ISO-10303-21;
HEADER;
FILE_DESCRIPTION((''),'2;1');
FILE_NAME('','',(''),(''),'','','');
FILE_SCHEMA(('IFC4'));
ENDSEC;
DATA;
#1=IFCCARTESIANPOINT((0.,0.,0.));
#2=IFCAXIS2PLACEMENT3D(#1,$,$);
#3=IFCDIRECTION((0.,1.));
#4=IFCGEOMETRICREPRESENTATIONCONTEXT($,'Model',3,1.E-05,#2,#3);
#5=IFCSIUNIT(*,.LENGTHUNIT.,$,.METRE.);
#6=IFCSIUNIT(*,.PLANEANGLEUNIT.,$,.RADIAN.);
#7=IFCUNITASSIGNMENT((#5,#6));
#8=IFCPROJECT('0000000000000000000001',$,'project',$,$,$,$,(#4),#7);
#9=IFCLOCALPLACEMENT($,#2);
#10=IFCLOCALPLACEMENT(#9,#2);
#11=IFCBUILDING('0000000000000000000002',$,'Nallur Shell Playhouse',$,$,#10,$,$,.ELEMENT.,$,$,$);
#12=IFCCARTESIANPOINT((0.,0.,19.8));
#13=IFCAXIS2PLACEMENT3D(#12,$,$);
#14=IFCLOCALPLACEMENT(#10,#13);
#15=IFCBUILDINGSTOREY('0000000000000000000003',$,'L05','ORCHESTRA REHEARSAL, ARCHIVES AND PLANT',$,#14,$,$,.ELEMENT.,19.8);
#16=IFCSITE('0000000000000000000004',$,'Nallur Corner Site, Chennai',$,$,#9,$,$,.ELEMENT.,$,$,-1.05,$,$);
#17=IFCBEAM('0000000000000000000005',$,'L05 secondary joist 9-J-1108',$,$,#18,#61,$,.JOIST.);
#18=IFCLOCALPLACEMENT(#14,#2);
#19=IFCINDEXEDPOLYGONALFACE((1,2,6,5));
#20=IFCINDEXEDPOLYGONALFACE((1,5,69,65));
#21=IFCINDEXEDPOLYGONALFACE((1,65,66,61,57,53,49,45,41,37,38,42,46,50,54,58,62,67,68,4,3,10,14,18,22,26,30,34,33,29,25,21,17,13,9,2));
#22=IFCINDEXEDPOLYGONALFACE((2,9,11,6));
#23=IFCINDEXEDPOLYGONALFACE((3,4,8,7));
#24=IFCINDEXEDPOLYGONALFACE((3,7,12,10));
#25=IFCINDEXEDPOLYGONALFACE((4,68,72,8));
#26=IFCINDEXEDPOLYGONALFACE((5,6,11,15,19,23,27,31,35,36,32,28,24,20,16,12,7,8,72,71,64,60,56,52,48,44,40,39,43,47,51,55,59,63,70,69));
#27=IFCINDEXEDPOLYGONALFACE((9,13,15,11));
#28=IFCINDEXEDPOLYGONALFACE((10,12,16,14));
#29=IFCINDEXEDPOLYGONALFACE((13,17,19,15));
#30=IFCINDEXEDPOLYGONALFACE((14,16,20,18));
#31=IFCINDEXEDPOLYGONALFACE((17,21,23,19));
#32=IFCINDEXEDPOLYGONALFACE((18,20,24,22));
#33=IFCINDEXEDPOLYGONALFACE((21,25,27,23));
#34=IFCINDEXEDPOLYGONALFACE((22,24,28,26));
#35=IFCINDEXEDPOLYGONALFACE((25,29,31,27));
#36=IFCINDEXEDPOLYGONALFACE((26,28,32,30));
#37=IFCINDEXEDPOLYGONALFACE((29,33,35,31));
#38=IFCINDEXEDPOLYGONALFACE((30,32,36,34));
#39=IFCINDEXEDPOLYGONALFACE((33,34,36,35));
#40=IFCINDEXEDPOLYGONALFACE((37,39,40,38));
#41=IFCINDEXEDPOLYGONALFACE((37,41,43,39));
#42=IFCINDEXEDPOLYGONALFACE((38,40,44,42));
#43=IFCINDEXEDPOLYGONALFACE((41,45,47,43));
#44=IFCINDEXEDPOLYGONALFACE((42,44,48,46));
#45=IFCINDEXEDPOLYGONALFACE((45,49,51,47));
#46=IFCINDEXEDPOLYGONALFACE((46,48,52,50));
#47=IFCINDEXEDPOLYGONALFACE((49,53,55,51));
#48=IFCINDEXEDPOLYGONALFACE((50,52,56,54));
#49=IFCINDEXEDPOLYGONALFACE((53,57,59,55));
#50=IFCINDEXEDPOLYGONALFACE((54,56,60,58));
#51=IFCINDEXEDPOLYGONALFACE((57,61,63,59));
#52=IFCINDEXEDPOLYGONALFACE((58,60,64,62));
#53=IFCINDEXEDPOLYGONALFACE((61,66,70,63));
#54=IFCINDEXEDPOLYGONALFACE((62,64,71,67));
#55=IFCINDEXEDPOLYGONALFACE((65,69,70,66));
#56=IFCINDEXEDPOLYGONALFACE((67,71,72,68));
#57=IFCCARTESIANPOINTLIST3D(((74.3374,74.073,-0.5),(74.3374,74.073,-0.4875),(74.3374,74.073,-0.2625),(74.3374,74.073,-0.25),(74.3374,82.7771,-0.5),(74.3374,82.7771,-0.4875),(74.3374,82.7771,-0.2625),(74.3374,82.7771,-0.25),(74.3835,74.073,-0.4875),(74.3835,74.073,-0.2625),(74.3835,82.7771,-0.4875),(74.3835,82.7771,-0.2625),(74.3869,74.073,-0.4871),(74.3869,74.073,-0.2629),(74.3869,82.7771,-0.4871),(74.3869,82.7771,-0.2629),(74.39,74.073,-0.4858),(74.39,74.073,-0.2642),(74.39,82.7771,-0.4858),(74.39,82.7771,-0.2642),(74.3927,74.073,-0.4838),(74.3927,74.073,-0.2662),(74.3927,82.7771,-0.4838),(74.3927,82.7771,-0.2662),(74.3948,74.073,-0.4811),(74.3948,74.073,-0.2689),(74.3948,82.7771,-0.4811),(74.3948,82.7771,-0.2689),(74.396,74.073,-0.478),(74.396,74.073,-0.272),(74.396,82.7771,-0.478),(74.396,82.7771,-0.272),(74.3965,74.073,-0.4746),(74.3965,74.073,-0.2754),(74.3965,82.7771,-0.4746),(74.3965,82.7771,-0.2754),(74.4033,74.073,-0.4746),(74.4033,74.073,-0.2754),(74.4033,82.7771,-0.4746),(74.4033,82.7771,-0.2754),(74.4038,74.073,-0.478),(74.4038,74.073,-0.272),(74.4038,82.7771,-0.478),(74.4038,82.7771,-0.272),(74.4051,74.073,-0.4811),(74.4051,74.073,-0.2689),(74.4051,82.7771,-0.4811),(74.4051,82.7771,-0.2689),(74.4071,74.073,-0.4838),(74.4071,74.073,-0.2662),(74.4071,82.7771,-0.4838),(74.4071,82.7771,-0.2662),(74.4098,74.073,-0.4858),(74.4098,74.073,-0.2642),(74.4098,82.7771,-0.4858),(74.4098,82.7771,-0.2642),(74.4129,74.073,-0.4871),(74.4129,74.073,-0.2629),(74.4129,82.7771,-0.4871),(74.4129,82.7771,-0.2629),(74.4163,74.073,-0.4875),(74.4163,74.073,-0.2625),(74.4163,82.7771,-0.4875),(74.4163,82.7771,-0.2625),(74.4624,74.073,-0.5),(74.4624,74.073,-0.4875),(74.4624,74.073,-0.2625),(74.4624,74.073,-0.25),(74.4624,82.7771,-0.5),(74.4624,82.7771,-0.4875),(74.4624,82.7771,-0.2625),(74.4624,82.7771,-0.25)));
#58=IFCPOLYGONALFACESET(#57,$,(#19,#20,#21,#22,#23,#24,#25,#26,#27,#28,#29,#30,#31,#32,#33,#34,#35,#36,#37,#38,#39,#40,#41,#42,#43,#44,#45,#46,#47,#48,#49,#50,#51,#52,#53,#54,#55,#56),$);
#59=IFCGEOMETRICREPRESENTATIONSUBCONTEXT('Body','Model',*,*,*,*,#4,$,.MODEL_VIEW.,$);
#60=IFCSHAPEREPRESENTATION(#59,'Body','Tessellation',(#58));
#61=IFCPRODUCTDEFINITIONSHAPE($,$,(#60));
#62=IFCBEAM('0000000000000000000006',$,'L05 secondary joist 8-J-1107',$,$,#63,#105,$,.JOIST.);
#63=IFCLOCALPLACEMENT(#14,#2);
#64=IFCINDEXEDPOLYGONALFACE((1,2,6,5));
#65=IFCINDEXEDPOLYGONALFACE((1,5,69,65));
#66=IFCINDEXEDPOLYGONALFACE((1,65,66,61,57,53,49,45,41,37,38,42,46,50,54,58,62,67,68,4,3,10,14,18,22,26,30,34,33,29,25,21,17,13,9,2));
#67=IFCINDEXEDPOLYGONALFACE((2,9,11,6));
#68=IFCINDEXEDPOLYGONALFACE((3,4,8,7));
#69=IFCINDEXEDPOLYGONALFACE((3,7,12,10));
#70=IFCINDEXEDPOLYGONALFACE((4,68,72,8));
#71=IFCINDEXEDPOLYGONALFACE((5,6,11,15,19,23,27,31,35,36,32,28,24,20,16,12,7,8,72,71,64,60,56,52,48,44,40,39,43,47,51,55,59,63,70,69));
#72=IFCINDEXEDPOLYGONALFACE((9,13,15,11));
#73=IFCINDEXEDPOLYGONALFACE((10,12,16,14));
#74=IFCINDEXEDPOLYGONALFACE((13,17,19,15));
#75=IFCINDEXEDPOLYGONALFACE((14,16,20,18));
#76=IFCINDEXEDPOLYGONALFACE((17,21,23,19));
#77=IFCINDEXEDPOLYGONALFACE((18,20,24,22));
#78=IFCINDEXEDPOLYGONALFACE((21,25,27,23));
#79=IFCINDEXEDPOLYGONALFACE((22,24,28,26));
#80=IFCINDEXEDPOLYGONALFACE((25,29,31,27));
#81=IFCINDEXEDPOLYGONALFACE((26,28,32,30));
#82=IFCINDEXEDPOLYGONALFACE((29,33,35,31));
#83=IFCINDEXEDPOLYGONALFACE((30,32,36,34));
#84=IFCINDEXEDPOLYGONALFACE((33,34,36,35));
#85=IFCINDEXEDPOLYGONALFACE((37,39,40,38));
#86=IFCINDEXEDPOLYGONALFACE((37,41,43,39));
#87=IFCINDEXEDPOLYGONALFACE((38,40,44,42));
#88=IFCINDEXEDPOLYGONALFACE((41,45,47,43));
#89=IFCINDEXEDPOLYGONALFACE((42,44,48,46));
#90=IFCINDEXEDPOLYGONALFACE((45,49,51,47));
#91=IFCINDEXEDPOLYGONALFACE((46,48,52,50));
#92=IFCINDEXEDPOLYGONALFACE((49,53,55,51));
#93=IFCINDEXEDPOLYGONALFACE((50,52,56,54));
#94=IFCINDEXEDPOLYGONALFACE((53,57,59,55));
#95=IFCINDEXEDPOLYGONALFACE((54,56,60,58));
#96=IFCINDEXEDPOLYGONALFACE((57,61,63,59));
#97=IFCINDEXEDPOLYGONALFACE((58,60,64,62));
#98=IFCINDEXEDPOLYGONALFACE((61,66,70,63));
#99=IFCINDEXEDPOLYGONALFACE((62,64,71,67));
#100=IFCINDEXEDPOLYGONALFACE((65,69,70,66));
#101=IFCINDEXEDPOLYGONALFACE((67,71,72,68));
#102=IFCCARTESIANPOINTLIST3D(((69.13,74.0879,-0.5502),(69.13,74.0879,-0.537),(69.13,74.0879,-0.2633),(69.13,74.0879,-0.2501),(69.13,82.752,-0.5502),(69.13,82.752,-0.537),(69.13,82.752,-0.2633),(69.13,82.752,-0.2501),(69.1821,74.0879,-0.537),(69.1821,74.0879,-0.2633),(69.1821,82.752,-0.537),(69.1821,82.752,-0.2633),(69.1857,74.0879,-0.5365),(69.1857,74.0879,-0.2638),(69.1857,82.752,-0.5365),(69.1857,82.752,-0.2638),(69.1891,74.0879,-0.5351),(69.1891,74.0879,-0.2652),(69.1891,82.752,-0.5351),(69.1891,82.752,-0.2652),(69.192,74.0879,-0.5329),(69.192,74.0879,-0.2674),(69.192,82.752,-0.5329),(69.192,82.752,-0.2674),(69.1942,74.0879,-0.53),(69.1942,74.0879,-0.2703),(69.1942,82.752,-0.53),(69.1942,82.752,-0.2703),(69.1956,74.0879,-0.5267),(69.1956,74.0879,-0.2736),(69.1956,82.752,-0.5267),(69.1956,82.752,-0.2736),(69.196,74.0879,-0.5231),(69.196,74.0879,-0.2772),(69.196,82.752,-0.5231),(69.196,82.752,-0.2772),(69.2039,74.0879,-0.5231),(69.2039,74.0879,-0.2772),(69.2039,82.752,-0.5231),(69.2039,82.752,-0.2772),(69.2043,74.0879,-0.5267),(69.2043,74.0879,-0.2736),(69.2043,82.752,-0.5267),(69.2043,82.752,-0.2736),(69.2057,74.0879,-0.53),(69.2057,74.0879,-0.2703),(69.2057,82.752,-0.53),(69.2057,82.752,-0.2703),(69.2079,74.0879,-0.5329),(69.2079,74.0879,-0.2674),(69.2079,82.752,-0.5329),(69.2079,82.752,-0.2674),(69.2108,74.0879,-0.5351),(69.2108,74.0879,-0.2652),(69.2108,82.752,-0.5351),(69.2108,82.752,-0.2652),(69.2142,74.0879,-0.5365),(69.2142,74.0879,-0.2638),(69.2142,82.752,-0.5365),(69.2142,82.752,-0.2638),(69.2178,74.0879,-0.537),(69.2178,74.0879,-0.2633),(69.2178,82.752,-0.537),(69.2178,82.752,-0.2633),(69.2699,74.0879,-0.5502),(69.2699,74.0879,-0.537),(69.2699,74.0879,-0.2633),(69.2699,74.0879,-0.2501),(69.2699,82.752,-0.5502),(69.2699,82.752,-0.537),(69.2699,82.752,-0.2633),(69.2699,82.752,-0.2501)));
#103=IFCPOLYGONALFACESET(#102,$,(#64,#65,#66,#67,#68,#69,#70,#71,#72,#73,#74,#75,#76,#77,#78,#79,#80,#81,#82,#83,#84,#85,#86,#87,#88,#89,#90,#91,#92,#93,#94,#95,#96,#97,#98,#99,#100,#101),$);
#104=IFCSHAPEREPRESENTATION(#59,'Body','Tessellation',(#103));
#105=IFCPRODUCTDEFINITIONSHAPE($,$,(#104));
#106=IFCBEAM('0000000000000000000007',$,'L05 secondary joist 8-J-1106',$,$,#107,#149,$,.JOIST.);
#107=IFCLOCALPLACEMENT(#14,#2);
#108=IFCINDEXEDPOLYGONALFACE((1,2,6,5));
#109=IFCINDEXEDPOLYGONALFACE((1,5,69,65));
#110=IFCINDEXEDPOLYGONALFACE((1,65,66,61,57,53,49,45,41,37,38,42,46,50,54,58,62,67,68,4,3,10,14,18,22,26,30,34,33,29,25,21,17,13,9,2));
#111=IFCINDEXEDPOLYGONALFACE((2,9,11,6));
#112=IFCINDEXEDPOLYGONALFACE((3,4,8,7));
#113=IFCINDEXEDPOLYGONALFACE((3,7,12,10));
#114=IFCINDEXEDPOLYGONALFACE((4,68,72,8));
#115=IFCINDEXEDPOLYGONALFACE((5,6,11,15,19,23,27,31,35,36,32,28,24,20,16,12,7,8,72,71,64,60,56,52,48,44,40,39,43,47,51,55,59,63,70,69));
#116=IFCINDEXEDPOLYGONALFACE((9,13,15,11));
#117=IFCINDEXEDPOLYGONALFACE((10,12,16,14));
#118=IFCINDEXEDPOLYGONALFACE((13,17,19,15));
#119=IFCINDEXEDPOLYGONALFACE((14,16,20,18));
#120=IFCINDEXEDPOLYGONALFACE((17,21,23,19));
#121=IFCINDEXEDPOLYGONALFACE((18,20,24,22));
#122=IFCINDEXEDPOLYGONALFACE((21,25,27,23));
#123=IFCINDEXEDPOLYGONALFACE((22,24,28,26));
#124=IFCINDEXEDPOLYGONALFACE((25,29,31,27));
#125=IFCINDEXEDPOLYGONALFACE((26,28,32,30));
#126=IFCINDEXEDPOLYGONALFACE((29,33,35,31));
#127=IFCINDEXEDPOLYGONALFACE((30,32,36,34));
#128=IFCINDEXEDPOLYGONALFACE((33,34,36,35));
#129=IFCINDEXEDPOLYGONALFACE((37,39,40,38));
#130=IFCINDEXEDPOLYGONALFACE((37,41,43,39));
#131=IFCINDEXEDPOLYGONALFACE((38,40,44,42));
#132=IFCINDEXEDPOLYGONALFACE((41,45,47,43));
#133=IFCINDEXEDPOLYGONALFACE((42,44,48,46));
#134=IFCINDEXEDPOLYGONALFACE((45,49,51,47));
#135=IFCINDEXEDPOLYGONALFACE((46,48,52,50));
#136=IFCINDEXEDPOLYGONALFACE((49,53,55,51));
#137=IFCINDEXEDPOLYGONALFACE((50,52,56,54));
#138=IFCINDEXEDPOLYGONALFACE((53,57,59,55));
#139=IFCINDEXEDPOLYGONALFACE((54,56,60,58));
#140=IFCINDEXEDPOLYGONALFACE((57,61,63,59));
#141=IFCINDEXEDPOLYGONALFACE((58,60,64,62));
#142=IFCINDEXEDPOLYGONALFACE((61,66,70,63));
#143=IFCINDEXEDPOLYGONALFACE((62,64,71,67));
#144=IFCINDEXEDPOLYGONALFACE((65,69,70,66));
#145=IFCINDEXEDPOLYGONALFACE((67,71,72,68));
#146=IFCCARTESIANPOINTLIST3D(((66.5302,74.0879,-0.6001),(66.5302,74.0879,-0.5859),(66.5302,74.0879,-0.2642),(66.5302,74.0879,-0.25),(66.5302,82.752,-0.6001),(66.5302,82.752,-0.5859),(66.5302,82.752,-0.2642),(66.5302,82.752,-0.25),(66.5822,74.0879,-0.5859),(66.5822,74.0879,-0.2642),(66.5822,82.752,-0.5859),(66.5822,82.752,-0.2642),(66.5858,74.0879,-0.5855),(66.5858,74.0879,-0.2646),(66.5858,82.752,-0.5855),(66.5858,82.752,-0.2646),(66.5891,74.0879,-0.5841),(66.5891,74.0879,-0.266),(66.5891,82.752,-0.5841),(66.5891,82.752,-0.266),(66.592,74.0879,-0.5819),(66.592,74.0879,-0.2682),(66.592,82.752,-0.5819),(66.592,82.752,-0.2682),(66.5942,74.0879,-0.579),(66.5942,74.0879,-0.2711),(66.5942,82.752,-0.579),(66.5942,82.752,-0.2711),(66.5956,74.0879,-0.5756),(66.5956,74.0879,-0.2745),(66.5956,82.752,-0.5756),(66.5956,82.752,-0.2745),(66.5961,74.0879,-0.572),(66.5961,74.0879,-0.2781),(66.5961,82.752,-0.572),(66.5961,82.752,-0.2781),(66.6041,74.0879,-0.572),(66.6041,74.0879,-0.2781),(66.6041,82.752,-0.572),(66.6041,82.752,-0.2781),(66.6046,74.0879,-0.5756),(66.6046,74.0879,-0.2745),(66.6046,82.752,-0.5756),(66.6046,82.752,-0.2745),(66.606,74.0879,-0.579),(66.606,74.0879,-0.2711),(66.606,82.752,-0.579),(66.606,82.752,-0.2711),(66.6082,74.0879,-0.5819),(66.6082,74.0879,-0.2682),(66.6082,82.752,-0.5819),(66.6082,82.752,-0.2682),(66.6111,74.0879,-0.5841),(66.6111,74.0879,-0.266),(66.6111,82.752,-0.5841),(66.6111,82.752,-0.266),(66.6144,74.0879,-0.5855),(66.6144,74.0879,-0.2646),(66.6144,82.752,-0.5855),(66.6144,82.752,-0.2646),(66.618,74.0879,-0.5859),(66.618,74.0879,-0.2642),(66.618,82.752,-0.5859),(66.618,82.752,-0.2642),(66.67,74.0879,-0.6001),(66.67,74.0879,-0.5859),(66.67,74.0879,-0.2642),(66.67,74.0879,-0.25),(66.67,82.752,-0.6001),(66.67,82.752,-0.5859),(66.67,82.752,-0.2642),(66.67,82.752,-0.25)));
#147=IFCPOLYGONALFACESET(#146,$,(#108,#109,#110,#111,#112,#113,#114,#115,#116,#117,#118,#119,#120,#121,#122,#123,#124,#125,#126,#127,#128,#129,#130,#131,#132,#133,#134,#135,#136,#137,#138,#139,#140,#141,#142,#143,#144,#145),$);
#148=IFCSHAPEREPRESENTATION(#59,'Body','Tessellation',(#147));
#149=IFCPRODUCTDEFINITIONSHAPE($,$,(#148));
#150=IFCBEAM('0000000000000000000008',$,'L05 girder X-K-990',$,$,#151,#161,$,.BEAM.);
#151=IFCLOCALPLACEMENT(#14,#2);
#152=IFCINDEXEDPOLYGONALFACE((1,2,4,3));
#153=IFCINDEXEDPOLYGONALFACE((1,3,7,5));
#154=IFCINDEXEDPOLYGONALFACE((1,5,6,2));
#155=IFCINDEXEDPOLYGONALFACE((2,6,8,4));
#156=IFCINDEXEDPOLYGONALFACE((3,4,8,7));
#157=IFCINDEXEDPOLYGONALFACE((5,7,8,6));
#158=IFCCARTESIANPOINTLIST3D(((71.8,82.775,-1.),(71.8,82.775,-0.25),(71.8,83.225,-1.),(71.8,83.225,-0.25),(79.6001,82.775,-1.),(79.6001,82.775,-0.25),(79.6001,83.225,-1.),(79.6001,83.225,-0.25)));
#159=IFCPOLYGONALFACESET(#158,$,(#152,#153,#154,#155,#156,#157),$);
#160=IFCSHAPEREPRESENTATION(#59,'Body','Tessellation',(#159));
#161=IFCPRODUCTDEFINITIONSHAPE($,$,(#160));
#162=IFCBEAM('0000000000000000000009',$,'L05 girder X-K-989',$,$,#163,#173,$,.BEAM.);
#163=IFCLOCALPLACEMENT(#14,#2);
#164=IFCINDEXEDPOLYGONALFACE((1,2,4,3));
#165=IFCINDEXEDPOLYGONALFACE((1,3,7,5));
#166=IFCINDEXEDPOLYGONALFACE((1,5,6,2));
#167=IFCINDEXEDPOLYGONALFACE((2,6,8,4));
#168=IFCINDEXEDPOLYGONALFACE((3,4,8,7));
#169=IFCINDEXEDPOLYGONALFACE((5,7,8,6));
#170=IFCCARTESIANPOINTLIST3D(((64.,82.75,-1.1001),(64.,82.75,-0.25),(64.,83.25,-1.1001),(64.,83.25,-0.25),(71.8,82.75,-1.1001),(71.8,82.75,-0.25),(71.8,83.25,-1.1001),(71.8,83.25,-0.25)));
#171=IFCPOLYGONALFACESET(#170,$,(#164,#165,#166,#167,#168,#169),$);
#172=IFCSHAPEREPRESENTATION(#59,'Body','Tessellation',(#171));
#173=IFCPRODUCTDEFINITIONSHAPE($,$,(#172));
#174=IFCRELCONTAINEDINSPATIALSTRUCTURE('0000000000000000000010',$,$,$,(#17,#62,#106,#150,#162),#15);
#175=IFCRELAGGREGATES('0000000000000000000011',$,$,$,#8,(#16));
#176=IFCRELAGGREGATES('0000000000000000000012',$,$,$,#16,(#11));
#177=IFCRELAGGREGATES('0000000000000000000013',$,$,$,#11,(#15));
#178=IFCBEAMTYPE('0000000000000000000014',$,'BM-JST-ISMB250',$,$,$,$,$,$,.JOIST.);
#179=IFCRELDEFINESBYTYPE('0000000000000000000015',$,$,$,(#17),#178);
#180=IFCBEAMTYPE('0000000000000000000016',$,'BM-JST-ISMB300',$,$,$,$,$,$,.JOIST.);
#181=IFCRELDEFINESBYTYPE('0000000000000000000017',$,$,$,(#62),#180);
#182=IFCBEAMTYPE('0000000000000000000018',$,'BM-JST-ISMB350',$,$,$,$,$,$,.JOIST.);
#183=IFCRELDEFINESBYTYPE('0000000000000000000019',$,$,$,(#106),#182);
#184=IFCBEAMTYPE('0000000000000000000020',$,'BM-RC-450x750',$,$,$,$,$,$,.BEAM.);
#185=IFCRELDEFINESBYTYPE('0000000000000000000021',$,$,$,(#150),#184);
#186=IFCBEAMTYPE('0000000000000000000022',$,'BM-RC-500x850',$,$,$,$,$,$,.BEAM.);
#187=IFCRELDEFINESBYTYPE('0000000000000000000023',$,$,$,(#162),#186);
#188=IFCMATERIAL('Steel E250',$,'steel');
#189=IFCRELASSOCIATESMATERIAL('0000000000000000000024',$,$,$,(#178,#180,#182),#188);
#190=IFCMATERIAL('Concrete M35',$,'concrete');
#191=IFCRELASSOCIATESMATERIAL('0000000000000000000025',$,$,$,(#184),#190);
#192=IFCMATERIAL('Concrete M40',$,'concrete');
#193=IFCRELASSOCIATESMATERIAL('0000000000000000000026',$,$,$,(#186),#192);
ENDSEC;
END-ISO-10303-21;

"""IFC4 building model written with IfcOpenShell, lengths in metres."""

from ifc_helpers import new_model, si_unit, direction, frame, origin, origin_2d, place, context, subcontext, project, spatial, rectangle, i_section, extrude, material, material_profile, profile_set, type_object, element, save


model = new_model("IFC4")

# Units and contexts
model_context = context("Model", 3, precision=1e-05, world=origin(), true_north=direction((0.0, 1.0)))
body_context = subcontext(model_context, "Body", "Model", "MODEL_VIEW")
ifc_project = project(units=[si_unit("LENGTHUNIT", "METRE"), si_unit("PLANEANGLEUNIT", "RADIAN")], contexts=[model_context])

# Site, building, storey
site_placement = place(None, origin())
site = spatial("IfcSite", under=ifc_project, at=site_placement, Name="Nallur Corner Site, Chennai", CompositionType="ELEMENT", RefElevation=-1.05)
building_placement = place(site_placement, origin())
building = spatial("IfcBuilding", under=site, at=building_placement, Name="Nallur Shell Playhouse", CompositionType="ELEMENT")
storey_placement = place(building_placement, frame((0.0, 0.0, 19.8)))
storey = spatial("IfcBuildingStorey", under=building, at=storey_placement, Name="L05", Description="ORCHESTRA REHEARSAL, ARCHIVES AND PLANT", CompositionType="ELEMENT", Elevation=19.8)

# Beams
ifc_material_1 = material(Name="Steel E250", Category="steel")
ifc_material_profile_1 = material_profile(ifc_material_1, i_section(OverallWidth=0.125, OverallDepth=0.25, WebThickness=0.0068, FlangeThickness=0.0125, FilletRadius=0.0129, at=origin_2d()), Name="ISMB 250")
ifc_profile_set_1 = profile_set([ifc_material_profile_1], Name="Steel E250")
beam_type_1 = type_object("IfcBeamType", Name="BM-JST-ISMB250", PredefinedType="JOIST", material=ifc_profile_set_1)
beam_1_placement = place(storey_placement, frame((74.3999, 74.073, -0.375), z_axis=(0.0, 1.0, 0.0), x_axis=(-1.0, 0.0, 0.0)))
element("IfcBeam", 1, at=beam_1_placement, inside=storey, type_object=beam_type_1, Name="L05 secondary joist 9-J-1108", PredefinedType="JOIST", context=body_context, shape_type="SweptSolid", body=[
    extrude(i_section(OverallWidth=0.125, OverallDepth=0.25, WebThickness=0.0068, FlangeThickness=0.0125, FilletRadius=0.0129, at=origin_2d()), origin(), (0.0, 0.0, 1.0), 8.7041),
])
ifc_material_profile_2 = material_profile(ifc_material_1, i_section(OverallWidth=0.1399, OverallDepth=0.3, WebThickness=0.0078, FlangeThickness=0.0132, FilletRadius=0.0139, at=origin_2d()), Name="ISMB 300")
ifc_profile_set_2 = profile_set([ifc_material_profile_2], Name="Steel E250")
beam_type_2 = type_object("IfcBeamType", Name="BM-JST-ISMB300", PredefinedType="JOIST", material=ifc_profile_set_2)
beam_2_placement = place(storey_placement, frame((69.2, 74.0879, -0.4001), z_axis=(0.0, 1.0, 0.0), x_axis=(-1.0, 0.0, 0.0)))
element("IfcBeam", 2, at=beam_2_placement, inside=storey, type_object=beam_type_2, Name="L05 secondary joist 8-J-1107", PredefinedType="JOIST", context=body_context, shape_type="SweptSolid", body=[
    extrude(i_section(OverallWidth=0.1399, OverallDepth=0.3, WebThickness=0.0078, FlangeThickness=0.0132, FilletRadius=0.0139, at=origin_2d()), origin(), (0.0, 0.0, 1.0), 8.6641),
])
ifc_material_profile_3 = material_profile(ifc_material_1, i_section(OverallWidth=0.1399, OverallDepth=0.3501, WebThickness=0.0081, FlangeThickness=0.0142, FilletRadius=0.0139, at=origin_2d()), Name="ISMB 350")
ifc_profile_set_3 = profile_set([ifc_material_profile_3], Name="Steel E250")
beam_type_3 = type_object("IfcBeamType", Name="BM-JST-ISMB350", PredefinedType="JOIST", material=ifc_profile_set_3)
beam_3_placement = place(storey_placement, frame((66.6001, 74.0879, -0.425), z_axis=(0.0, 1.0, 0.0), x_axis=(-1.0, 0.0, 0.0)))
element("IfcBeam", 3, at=beam_3_placement, inside=storey, type_object=beam_type_3, Name="L05 secondary joist 8-J-1106", PredefinedType="JOIST", context=body_context, shape_type="SweptSolid", body=[
    extrude(i_section(OverallWidth=0.1399, OverallDepth=0.3501, WebThickness=0.0081, FlangeThickness=0.0142, FilletRadius=0.0139, at=origin_2d()), origin(), (0.0, 0.0, 1.0), 8.6641),
])
ifc_material_2 = material(Name="Concrete M35", Category="concrete")
ifc_material_profile_4 = material_profile(ifc_material_2, rectangle(XDim=0.45, YDim=0.75, at=origin_2d()), Name="RC 450x750")
ifc_profile_set_4 = profile_set([ifc_material_profile_4], Name="Concrete M35")
beam_type_4 = type_object("IfcBeamType", Name="BM-RC-450x750", PredefinedType="BEAM", material=ifc_profile_set_4)
beam_4_placement = place(storey_placement, frame((71.8, 83.0, -0.625), z_axis=(1.0, 0.0, 0.0), x_axis=(0.0, 1.0, 0.0)))
element("IfcBeam", 4, at=beam_4_placement, inside=storey, type_object=beam_type_4, Name="L05 girder X-K-990", PredefinedType="BEAM", context=body_context, shape_type="SweptSolid", body=[
    extrude(rectangle(XDim=0.45, YDim=0.75, at=origin_2d()), origin(), (0.0, 0.0, 1.0), 7.8),
])
ifc_material_3 = material(Name="Concrete M40", Category="concrete")
ifc_material_profile_5 = material_profile(ifc_material_3, rectangle(XDim=0.5, YDim=0.8501, at=origin_2d()), Name="RC 500x850")
ifc_profile_set_5 = profile_set([ifc_material_profile_5], Name="Concrete M40")
beam_type_5 = type_object("IfcBeamType", Name="BM-RC-500x850", PredefinedType="BEAM", material=ifc_profile_set_5)
beam_5_placement = place(storey_placement, frame((64.0, 83.0, -0.675), z_axis=(1.0, 0.0, 0.0), x_axis=(0.0, 1.0, 0.0)))
element("IfcBeam", 5, at=beam_5_placement, inside=storey, type_object=beam_type_5, Name="L05 girder X-K-989", PredefinedType="BEAM", context=body_context, shape_type="SweptSolid", body=[
    extrude(rectangle(XDim=0.5, YDim=0.8501, at=origin_2d()), origin(), (0.0, 0.0, 1.0), 7.8),
])

save(model, "model.ifc")
